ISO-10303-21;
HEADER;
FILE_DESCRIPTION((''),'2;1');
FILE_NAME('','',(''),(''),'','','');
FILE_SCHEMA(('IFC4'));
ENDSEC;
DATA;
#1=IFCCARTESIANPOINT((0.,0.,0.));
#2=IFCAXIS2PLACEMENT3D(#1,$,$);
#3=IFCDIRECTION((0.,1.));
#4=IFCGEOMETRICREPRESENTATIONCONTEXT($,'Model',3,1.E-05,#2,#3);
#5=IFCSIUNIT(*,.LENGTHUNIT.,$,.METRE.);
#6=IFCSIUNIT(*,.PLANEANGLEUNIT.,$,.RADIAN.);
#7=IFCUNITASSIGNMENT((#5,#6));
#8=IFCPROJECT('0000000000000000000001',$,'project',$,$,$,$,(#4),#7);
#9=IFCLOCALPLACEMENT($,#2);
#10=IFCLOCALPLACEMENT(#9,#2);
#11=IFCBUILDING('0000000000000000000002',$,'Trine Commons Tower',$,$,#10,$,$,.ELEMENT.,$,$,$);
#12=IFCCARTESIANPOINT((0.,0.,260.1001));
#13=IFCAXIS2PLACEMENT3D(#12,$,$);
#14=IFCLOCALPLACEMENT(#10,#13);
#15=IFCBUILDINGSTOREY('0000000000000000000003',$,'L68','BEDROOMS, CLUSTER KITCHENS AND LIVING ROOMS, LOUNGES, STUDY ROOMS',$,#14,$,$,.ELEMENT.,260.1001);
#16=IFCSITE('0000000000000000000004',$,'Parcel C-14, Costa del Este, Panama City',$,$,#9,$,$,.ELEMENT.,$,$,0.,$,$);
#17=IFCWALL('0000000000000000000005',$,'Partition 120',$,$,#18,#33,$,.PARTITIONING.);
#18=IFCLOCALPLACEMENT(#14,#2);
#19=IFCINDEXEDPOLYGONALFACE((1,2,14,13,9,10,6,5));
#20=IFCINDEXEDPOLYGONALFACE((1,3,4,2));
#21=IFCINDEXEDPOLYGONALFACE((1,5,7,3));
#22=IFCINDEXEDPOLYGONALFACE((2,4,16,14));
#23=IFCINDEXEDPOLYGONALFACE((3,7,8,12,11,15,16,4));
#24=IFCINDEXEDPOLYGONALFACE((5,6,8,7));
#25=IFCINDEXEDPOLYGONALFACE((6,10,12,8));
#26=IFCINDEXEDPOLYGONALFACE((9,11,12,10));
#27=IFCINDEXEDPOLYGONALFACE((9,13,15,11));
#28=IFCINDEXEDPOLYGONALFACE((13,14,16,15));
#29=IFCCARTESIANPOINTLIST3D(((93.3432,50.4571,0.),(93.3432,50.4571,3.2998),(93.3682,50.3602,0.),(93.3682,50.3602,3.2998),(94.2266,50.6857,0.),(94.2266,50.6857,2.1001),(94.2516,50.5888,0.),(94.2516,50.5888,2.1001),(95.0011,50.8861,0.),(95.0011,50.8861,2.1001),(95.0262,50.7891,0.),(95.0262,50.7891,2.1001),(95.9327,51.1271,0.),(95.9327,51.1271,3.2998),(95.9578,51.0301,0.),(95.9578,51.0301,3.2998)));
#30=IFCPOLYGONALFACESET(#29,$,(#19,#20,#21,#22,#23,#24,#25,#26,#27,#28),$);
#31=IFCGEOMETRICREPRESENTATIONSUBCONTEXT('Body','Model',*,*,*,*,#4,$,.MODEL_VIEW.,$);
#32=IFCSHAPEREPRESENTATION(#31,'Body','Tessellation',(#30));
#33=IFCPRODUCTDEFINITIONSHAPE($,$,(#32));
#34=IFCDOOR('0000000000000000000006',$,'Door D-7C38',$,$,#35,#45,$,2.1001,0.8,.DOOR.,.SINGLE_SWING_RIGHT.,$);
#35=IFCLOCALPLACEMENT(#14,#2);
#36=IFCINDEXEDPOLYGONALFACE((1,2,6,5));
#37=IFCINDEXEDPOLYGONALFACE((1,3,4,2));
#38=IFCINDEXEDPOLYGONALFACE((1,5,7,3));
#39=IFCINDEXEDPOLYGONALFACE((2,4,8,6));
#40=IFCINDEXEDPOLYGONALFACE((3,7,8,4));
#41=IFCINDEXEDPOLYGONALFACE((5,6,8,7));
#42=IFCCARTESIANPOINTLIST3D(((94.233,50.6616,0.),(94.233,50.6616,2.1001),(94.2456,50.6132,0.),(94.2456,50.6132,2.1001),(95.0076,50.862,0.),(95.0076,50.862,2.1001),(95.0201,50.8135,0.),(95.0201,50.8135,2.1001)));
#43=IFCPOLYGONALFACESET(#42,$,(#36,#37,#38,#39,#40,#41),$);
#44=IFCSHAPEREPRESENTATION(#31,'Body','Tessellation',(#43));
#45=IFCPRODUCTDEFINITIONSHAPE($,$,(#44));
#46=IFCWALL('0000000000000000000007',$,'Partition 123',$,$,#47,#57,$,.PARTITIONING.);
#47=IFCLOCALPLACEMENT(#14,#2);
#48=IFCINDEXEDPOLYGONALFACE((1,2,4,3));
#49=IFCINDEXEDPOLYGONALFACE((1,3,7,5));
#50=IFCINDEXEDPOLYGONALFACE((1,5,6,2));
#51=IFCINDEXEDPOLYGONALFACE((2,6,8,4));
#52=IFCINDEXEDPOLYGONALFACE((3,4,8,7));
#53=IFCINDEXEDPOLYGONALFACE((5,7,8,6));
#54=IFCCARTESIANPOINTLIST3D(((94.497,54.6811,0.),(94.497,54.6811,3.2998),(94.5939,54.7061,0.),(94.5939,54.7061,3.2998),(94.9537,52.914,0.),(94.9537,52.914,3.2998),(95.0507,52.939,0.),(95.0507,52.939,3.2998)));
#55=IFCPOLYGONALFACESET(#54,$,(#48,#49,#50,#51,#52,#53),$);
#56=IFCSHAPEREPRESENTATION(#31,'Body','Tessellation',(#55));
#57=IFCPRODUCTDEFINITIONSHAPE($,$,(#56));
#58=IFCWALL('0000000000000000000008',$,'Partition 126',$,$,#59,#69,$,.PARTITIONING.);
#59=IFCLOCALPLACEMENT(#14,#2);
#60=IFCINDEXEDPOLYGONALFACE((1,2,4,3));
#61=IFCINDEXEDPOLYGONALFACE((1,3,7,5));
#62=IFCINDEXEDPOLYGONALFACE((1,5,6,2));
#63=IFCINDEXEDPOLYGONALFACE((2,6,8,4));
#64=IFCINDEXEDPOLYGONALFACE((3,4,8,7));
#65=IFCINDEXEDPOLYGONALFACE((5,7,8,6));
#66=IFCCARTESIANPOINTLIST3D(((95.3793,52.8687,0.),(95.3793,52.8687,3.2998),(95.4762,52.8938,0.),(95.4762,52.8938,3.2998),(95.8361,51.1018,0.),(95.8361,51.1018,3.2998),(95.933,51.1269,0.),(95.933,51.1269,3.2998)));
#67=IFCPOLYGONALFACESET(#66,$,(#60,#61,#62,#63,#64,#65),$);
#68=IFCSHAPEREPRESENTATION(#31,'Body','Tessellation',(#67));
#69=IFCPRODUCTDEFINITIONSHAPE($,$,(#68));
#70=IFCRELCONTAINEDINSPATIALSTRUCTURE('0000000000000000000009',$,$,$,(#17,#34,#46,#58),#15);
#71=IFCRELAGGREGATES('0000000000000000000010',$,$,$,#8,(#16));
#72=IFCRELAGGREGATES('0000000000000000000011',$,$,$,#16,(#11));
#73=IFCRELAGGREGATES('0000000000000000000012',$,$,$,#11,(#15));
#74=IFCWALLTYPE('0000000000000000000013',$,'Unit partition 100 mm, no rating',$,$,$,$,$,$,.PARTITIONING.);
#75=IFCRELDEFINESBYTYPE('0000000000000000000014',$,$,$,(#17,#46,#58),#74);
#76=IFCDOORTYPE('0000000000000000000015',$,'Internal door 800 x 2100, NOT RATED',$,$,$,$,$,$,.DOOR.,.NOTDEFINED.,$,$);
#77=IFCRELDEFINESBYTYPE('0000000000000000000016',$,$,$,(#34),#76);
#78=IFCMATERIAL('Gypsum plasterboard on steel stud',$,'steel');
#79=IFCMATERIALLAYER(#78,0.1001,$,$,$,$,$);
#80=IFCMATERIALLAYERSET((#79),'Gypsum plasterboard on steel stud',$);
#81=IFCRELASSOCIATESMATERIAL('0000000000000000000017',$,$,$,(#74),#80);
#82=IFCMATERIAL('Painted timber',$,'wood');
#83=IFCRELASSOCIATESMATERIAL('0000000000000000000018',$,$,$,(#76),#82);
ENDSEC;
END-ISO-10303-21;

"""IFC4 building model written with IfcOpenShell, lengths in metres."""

from ifc_helpers import new_model, si_unit, direction, frame, frame_2d, origin, place, context, subcontext, project, spatial, rectangle, extrude, material, layer, layer_set, type_object, element, fill, save


model = new_model("IFC4")

# Units and contexts
model_context = context("Model", 3, precision=1e-05, world=origin(), true_north=direction((0.0, 1.0)))
body_context = subcontext(model_context, "Body", "Model", "MODEL_VIEW")
ifc_project = project(units=[si_unit("LENGTHUNIT", "METRE"), si_unit("PLANEANGLEUNIT", "RADIAN")], contexts=[model_context])

# Site, building, storey
site_placement = place(None, origin())
site = spatial("IfcSite", under=ifc_project, at=site_placement, Name="Parcel C-14, Costa del Este, Panama City", CompositionType="ELEMENT", RefElevation=0.0)
building_placement = place(site_placement, origin())
building = spatial("IfcBuilding", under=site, at=building_placement, Name="Trine Commons Tower", CompositionType="ELEMENT")
storey_placement = place(building_placement, frame((0.0, 0.0, 260.1001)))
storey = spatial("IfcBuildingStorey", under=building, at=storey_placement, Name="L68", Description="BEDROOMS, CLUSTER KITCHENS AND LIVING ROOMS, LOUNGES, STUDY ROOMS", CompositionType="ELEMENT", Elevation=260.1001)

# Shared definitions
ifc_material_1 = material(Name="Gypsum plasterboard on steel stud", Category="steel")

# Wall, opening, door
ifc_layer_1 = layer(ifc_material_1, 0.1001)
ifc_layer_set_1 = layer_set([ifc_layer_1], Name="Gypsum plasterboard on steel stud")
wall_type_1 = type_object("IfcWallType", Name="Unit partition 100 mm, no rating", PredefinedType="PARTITIONING", material=ifc_layer_set_1)
ifc_material_2 = material(Name="Painted timber", Category="wood")
door_type_1 = type_object("IfcDoorType", Name="Internal door 800 x 2100, NOT RATED", OperationType="NOTDEFINED", PredefinedType="DOOR", material=ifc_material_2)
wall_1_placement = place(storey_placement, frame((93.3557, 50.4087, 0.0), z_axis=(0.0, 0.0, 1.0), x_axis=(0.968129, 0.250452, 0.0)))
wall_1 = element("IfcWall", 1, at=wall_1_placement, inside=storey, type_object=wall_type_1, Name="Partition 120", PredefinedType="PARTITIONING", context=body_context, shape_type="SweptSolid", body=[
    extrude(rectangle(XDim=2.6748, YDim=0.1001, at=frame_2d((1.3374, 0.0))), origin(), (0.0, 0.0, 1.0), 3.2998),
])
opening_1_placement = place(wall_1_placement, frame((0.9126, 0.0, 0.0)))
opening_1 = element("IfcOpeningElement", 2, at=opening_1_placement, cuts=wall_1, PredefinedType="OPENING", context=body_context, shape_type="SweptSolid", body=[
    extrude(rectangle(XDim=0.8, YDim=2.1001, at=frame_2d((0.3999, 1.05))), frame((0.0, 0.0601, 0.0), z_axis=(0.0, -1.0, 0.0), x_axis=(1.0, 0.0, 0.0)), (0.0, 0.0, 1.0), 0.1201),
])
door_1_placement = place(opening_1_placement, frame((0.8, 0.0, 0.0), z_axis=(0.0, 0.0, 1.0), x_axis=(-1.0, 0.0, 0.0)))
door_1 = element("IfcDoor", 3, at=door_1_placement, inside=storey, type_object=door_type_1, Name="Door D-7C38", OperationType="SINGLE_SWING_RIGHT", OverallHeight=2.1001, OverallWidth=0.8, PredefinedType="DOOR", context=body_context, shape_type="SweptSolid", body=[
    extrude(rectangle(XDim=0.8, YDim=2.1001, at=frame_2d((0.3999, 1.05))), frame((0.0, 0.0249, 0.0), z_axis=(0.0, -1.0, 0.0), x_axis=(1.0, 0.0, 0.0)), (0.0, 0.0, 1.0), 0.05),
])
fill(opening_1, door_1)

# Walls
wall_2_placement = place(storey_placement, frame((94.5454, 54.6936, 0.0), z_axis=(0.0, 0.0, 1.0), x_axis=(0.25027, -0.968176, 0.0)))
element("IfcWall", 4, at=wall_2_placement, inside=storey, type_object=wall_type_1, Name="Partition 123", PredefinedType="PARTITIONING", context=body_context, shape_type="SweptSolid", body=[
    extrude(rectangle(XDim=1.8252, YDim=0.1001, at=frame_2d((0.9126, 0.0))), origin(), (0.0, 0.0, 1.0), 3.2998),
])
wall_3_placement = place(storey_placement, frame((95.4277, 52.8813, 0.0), z_axis=(0.0, 0.0, 1.0), x_axis=(0.250303, -0.968168, 0.0)))
element("IfcWall", 5, at=wall_3_placement, inside=storey, type_object=wall_type_1, Name="Partition 126", PredefinedType="PARTITIONING", context=body_context, shape_type="SweptSolid", body=[
    extrude(rectangle(XDim=1.825, YDim=0.1001, at=frame_2d((0.9126, 0.0))), origin(), (0.0, 0.0, 1.0), 3.2998),
])

save(model, "model.ifc")
